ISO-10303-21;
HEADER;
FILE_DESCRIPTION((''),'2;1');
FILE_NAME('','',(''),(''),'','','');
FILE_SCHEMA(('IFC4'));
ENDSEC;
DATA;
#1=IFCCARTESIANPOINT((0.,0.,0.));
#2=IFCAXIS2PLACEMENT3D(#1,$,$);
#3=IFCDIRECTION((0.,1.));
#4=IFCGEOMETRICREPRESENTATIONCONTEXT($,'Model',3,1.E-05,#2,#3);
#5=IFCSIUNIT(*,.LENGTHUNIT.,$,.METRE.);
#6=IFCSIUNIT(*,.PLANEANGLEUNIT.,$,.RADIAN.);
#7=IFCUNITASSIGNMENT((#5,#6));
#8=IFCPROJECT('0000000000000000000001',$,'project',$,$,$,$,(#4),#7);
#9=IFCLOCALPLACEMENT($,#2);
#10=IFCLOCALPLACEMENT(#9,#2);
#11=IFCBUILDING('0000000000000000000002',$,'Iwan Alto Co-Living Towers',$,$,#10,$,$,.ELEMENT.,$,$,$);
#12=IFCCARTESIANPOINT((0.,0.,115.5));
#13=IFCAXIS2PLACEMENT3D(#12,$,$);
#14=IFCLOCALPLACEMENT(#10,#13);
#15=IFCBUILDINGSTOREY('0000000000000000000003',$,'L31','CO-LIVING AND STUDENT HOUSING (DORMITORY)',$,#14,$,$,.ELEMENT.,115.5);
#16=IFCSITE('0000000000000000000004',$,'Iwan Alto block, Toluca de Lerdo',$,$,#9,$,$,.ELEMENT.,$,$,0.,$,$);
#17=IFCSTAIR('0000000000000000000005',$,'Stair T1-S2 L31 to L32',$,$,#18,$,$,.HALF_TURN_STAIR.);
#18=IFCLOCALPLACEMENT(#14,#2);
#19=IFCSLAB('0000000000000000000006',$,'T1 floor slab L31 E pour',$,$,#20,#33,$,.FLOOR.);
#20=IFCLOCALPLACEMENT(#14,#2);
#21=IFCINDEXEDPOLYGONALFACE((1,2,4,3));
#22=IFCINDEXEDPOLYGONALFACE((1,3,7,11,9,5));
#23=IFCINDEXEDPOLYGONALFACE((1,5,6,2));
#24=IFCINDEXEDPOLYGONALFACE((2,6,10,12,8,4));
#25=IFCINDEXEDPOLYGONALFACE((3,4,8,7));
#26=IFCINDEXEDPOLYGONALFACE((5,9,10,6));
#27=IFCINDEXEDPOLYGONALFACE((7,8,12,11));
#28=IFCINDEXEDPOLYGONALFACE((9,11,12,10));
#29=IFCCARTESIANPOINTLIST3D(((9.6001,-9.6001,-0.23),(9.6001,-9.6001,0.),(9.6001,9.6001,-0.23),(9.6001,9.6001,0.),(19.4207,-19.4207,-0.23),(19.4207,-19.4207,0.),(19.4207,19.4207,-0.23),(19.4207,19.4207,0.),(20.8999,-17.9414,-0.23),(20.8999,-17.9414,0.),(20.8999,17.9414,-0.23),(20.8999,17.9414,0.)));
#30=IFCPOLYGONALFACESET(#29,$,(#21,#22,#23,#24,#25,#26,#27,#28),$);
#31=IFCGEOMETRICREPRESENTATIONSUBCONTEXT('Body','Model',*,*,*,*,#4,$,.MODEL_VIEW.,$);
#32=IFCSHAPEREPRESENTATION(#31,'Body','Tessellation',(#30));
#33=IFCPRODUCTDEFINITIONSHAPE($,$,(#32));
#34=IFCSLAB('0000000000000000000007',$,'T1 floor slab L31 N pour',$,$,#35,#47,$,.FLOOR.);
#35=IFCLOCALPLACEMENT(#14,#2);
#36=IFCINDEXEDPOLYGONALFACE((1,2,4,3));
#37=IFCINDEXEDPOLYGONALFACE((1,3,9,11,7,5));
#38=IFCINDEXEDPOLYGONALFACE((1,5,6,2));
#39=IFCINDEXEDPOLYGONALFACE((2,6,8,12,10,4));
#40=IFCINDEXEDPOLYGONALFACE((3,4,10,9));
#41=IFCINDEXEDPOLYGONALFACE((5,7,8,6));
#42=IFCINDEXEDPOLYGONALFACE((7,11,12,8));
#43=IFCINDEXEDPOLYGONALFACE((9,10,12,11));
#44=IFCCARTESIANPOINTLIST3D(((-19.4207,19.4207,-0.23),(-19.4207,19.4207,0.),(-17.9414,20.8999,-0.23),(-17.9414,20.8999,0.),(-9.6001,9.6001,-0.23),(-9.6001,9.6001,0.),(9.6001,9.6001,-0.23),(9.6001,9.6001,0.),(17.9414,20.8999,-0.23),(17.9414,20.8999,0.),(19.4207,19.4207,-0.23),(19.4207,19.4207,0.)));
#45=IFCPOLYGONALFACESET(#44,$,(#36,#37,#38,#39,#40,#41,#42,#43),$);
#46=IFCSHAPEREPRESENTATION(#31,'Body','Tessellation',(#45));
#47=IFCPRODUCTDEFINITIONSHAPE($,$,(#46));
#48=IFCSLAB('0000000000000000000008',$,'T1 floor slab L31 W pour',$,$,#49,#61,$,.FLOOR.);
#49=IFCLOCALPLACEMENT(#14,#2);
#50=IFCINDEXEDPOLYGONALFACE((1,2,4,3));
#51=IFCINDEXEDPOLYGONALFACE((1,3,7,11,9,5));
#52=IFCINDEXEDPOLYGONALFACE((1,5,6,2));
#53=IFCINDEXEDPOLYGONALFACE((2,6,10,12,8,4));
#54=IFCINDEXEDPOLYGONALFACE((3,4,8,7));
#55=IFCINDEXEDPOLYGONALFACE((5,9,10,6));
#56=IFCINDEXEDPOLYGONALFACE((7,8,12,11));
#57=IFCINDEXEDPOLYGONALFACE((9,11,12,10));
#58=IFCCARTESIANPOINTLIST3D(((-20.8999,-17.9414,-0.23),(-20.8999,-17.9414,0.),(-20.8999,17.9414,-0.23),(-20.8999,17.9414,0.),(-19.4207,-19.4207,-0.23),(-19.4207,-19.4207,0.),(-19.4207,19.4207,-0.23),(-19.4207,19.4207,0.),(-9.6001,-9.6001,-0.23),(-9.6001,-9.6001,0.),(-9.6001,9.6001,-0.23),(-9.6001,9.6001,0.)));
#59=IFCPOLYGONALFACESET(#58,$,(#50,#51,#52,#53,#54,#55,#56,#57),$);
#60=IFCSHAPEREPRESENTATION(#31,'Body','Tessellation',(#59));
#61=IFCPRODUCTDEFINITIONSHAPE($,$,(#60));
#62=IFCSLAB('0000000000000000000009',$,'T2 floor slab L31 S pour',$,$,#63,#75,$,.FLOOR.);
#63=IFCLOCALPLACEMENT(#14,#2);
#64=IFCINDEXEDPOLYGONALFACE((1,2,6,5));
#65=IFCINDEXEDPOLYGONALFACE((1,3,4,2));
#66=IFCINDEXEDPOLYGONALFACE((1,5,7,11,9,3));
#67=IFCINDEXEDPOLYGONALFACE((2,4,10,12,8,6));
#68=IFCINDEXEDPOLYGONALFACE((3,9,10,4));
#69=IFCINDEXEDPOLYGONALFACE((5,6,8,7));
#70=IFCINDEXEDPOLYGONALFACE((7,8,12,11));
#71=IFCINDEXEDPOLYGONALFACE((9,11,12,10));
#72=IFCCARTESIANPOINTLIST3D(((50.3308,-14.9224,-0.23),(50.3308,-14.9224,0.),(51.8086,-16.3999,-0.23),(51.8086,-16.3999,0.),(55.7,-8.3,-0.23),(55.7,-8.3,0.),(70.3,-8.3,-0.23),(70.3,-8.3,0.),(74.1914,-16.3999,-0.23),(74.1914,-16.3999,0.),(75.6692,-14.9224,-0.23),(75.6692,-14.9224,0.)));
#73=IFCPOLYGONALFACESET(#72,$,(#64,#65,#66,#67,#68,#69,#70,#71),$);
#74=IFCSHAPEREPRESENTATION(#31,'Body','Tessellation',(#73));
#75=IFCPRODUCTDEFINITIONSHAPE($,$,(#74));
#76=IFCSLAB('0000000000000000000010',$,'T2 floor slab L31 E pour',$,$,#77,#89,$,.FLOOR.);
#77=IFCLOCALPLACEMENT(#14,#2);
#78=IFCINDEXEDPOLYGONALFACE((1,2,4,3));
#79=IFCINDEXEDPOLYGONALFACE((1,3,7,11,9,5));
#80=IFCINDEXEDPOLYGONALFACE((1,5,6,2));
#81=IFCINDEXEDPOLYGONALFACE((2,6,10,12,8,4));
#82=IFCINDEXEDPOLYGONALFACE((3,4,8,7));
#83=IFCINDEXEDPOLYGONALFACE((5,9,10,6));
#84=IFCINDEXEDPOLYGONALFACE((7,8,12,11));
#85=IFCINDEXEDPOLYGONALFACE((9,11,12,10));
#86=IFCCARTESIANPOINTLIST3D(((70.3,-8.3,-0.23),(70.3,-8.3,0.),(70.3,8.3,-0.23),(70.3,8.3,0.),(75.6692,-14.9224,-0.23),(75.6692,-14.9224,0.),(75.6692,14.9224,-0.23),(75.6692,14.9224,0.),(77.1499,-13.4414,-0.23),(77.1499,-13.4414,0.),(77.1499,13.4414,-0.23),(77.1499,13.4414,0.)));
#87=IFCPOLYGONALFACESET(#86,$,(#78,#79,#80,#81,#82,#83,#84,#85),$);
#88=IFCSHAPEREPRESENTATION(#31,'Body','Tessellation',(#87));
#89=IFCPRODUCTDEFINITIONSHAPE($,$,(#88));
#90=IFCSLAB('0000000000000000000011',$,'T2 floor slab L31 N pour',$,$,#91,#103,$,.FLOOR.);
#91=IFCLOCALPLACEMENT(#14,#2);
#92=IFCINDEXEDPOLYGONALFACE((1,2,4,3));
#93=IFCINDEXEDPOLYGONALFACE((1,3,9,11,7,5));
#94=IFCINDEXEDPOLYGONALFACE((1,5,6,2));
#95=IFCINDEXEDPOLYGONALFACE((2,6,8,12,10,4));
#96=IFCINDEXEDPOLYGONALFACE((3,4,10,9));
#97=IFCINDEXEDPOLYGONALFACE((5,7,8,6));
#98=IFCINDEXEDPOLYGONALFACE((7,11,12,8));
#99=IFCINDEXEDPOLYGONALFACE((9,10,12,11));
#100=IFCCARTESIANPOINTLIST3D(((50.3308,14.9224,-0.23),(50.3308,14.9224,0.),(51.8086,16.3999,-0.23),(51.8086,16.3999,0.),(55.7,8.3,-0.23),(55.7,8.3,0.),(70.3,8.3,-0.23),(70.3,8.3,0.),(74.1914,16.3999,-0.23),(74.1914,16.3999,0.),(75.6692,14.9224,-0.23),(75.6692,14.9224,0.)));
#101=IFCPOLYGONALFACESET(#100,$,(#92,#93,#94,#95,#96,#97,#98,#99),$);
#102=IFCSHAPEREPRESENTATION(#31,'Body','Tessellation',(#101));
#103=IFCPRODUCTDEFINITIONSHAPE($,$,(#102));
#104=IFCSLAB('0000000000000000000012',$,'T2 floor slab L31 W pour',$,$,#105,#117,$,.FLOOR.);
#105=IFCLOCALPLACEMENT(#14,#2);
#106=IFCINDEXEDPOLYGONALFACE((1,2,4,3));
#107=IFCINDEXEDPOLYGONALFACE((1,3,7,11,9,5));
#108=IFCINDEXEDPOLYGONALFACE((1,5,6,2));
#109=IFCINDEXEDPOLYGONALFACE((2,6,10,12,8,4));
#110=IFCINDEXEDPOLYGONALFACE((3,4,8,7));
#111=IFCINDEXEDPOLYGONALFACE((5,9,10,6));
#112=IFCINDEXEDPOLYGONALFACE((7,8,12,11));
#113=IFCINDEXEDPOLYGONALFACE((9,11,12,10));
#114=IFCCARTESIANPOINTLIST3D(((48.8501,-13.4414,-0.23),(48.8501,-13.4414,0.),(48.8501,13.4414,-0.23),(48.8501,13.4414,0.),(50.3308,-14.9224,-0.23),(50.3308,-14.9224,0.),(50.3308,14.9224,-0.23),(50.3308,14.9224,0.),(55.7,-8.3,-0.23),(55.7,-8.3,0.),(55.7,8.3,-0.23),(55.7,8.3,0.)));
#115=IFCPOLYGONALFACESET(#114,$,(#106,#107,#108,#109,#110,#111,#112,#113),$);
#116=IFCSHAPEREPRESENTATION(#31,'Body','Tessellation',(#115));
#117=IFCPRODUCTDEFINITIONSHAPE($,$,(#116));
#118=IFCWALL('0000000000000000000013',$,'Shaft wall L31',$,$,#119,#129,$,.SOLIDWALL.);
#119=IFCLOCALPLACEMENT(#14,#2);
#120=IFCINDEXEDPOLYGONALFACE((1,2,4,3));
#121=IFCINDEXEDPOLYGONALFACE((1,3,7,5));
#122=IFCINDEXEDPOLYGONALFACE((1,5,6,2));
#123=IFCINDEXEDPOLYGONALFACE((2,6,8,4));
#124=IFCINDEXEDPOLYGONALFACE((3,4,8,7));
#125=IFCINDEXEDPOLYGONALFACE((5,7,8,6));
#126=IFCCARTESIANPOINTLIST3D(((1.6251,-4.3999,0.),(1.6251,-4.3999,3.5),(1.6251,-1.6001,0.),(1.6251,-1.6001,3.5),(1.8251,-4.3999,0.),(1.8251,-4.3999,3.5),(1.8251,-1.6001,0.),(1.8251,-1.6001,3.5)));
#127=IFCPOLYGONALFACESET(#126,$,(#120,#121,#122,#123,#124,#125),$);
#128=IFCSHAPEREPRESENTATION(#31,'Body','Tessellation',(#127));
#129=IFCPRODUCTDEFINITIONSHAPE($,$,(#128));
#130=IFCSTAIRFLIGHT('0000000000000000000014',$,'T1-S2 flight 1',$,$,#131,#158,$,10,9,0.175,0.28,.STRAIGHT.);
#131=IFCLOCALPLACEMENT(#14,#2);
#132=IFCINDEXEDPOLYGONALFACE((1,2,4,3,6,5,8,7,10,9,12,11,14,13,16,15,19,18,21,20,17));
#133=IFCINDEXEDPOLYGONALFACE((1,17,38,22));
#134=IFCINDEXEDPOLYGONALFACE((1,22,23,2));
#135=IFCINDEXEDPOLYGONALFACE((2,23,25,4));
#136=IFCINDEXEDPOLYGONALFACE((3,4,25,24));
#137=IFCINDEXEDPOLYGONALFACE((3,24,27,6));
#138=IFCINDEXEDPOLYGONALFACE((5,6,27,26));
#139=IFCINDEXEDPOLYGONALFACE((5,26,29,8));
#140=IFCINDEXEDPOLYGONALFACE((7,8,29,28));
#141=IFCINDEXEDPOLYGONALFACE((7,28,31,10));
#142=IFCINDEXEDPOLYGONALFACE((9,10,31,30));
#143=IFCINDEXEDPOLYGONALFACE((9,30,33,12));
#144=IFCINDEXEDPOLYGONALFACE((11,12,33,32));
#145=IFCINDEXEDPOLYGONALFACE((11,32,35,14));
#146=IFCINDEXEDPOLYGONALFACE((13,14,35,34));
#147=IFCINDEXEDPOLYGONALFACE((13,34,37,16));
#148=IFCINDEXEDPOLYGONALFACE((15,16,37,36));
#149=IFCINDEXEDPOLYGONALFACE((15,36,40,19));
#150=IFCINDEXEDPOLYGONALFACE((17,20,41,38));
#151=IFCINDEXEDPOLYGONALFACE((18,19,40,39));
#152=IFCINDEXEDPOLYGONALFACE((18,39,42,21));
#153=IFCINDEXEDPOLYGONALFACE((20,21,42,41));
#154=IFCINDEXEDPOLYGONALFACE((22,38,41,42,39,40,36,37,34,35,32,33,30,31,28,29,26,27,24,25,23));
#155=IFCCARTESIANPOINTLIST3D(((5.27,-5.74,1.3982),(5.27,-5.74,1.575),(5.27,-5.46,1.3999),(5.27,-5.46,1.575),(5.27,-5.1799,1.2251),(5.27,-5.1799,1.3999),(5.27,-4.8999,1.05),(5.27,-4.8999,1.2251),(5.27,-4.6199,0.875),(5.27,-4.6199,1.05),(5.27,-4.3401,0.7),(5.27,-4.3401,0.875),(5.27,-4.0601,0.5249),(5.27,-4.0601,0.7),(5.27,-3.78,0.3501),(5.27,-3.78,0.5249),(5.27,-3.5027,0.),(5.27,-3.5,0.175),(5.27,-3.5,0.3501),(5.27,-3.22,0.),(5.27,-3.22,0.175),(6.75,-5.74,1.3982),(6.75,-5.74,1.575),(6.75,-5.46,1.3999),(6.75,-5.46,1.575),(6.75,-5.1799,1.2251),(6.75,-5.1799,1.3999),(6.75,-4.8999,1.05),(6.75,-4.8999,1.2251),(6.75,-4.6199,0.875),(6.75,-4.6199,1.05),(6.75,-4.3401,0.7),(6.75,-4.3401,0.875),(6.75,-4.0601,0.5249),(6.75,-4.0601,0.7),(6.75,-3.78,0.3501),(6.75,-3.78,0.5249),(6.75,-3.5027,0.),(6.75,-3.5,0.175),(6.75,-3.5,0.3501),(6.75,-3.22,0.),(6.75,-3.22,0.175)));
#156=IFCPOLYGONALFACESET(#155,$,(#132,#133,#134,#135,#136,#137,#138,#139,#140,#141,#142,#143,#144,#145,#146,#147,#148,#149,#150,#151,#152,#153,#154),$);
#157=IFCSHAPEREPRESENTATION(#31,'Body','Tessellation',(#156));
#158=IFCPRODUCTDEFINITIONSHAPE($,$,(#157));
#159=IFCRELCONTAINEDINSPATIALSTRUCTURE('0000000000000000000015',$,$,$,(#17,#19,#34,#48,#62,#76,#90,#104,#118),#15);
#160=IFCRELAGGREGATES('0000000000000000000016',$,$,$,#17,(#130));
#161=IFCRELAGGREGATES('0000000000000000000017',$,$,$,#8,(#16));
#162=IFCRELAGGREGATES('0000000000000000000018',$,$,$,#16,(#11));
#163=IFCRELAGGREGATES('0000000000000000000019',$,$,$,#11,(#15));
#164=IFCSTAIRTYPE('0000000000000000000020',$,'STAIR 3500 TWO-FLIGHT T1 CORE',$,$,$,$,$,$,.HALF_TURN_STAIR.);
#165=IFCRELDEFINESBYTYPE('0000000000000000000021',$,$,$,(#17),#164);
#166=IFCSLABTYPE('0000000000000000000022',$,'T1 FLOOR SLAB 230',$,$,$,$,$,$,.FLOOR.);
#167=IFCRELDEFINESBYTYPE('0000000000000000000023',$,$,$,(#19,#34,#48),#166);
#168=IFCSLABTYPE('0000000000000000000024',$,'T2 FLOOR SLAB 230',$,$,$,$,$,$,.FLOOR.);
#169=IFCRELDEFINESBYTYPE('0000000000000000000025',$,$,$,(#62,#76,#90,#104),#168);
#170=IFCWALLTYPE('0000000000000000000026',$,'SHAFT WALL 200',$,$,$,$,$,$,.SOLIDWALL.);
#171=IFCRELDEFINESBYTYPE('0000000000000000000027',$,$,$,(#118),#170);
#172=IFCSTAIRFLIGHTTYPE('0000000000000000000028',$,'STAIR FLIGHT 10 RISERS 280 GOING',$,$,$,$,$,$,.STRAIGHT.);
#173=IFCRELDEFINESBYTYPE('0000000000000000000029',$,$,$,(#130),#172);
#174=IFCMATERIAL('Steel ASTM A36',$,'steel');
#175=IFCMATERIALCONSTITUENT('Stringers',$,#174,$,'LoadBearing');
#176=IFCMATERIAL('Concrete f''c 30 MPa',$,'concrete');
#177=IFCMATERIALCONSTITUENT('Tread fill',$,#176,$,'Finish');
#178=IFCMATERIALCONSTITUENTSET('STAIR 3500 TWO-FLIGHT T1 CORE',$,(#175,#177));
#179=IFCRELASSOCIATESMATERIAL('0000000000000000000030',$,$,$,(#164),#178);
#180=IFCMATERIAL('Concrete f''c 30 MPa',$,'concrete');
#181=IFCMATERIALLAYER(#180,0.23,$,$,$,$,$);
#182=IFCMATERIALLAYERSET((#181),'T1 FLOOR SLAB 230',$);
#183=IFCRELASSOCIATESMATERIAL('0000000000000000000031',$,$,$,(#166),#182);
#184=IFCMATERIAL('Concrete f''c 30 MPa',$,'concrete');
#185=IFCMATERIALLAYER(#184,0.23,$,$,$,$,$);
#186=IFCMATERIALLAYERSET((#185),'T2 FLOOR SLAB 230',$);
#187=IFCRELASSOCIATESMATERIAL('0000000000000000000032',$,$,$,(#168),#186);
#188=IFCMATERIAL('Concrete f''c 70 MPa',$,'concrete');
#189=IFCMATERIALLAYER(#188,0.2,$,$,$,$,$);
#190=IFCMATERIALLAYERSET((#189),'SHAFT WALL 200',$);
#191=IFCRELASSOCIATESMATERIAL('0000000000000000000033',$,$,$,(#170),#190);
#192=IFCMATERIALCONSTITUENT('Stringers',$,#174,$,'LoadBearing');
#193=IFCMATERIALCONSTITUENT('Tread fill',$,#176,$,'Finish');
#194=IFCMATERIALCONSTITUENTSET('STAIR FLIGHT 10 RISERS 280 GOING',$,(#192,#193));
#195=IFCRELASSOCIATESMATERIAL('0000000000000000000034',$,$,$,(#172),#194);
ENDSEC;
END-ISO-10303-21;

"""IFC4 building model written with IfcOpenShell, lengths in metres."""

from ifc_helpers import new_model, si_unit, direction, frame, frame_2d, origin, place, context, subcontext, project, spatial, polyline, rectangle, outline, extrude, material, layer, layer_set, constituent, constituent_set, type_object, element, aggregate, save


model = new_model("IFC4")

# Units and contexts
model_context = context("Model", 3, precision=1e-05, world=origin(), true_north=direction((0.0, 1.0)))
body_context = subcontext(model_context, "Body", "Model", "MODEL_VIEW")
ifc_project = project(units=[si_unit("LENGTHUNIT", "METRE"), si_unit("PLANEANGLEUNIT", "RADIAN")], contexts=[model_context])

# Site, building, storey
site_placement = place(None, origin())
site = spatial("IfcSite", under=ifc_project, at=site_placement, Name="Iwan Alto block, Toluca de Lerdo", CompositionType="ELEMENT", RefElevation=0.0)
building_placement = place(site_placement, origin())
building = spatial("IfcBuilding", under=site, at=building_placement, Name="Iwan Alto Co-Living Towers", CompositionType="ELEMENT")
storey_placement = place(building_placement, frame((0.0, 0.0, 115.5)))
storey = spatial("IfcBuildingStorey", under=building, at=storey_placement, Name="L31", Description="CO-LIVING AND STUDENT HOUSING (DORMITORY)", CompositionType="ELEMENT", Elevation=115.5)

# Stair
ifc_material_1 = material(Name="Steel ASTM A36", Category="steel")
ifc_constituent_1 = constituent(ifc_material_1, Name="Stringers", Category="LoadBearing")
ifc_material_2 = material(Name="Concrete f'c 30 MPa", Category="concrete")
ifc_constituent_2 = constituent(ifc_material_2, Name="Tread fill", Category="Finish")
ifc_constituent_set_1 = constituent_set(constituents=[ifc_constituent_1, ifc_constituent_2], Name="STAIR 3500 TWO-FLIGHT T1 CORE")
stair_type_1 = type_object("IfcStairType", Name="STAIR 3500 TWO-FLIGHT T1 CORE", PredefinedType="HALF_TURN_STAIR", material=ifc_constituent_set_1)
stair_1_placement = place(storey_placement, origin())
stair_1 = element("IfcStair", 1, at=stair_1_placement, inside=storey, type_object=stair_type_1, Name="Stair T1-S2 L31 to L32", PredefinedType="HALF_TURN_STAIR")

# Slabs
ifc_material_3 = material(Name="Concrete f'c 30 MPa", Category="concrete")
ifc_layer_1 = layer(ifc_material_3, 0.23)
ifc_layer_set_1 = layer_set([ifc_layer_1], Name="T1 FLOOR SLAB 230")
slab_type_1 = type_object("IfcSlabType", Name="T1 FLOOR SLAB 230", PredefinedType="FLOOR", material=ifc_layer_set_1)
slab_1_placement = place(storey_placement, frame((0.0, 0.0, -0.23)))
element("IfcSlab", 2, at=slab_1_placement, inside=storey, type_object=slab_type_1, Name="T1 floor slab L31 E pour", PredefinedType="FLOOR", context=body_context, shape_type="SweptSolid", body=[
    extrude(outline(polyline([(20.8999, 17.9414), (20.8999, -17.9414), (19.4207, -19.4207), (9.6001, -9.6001), (9.6001, 9.6001), (19.4207, 19.4207), (20.8999, 17.9414)])), origin(), (0.0, 0.0, 1.0), 0.23),
])
slab_2_placement = place(storey_placement, frame((0.0, 0.0, -0.23)))
element("IfcSlab", 3, at=slab_2_placement, inside=storey, type_object=slab_type_1, Name="T1 floor slab L31 N pour", PredefinedType="FLOOR", context=body_context, shape_type="SweptSolid", body=[
    extrude(outline(polyline([(-17.9414, 20.8999), (17.9414, 20.8999), (19.4207, 19.4207), (9.6001, 9.6001), (-9.6001, 9.6001), (-19.4207, 19.4207), (-17.9414, 20.8999)])), origin(), (0.0, 0.0, 1.0), 0.23),
])
slab_3_placement = place(storey_placement, frame((0.0, 0.0, -0.23)))
element("IfcSlab", 4, at=slab_3_placement, inside=storey, type_object=slab_type_1, Name="T1 floor slab L31 W pour", PredefinedType="FLOOR", context=body_context, shape_type="SweptSolid", body=[
    extrude(outline(polyline([(-20.8999, 17.9414), (-19.4207, 19.4207), (-9.6001, 9.6001), (-9.6001, -9.6001), (-19.4207, -19.4207), (-20.8999, -17.9414), (-20.8999, 17.9414)])), origin(), (0.0, 0.0, 1.0), 0.23),
])
ifc_material_4 = material(Name="Concrete f'c 30 MPa", Category="concrete")
ifc_layer_2 = layer(ifc_material_4, 0.23)
ifc_layer_set_2 = layer_set([ifc_layer_2], Name="T2 FLOOR SLAB 230")
slab_type_2 = type_object("IfcSlabType", Name="T2 FLOOR SLAB 230", PredefinedType="FLOOR", material=ifc_layer_set_2)
slab_4_placement = place(storey_placement, frame((0.0, 0.0, -0.23)))
element("IfcSlab", 5, at=slab_4_placement, inside=storey, type_object=slab_type_2, Name="T2 floor slab L31 S pour", PredefinedType="FLOOR", context=body_context, shape_type="SweptSolid", body=[
    extrude(outline(polyline([(74.1914, -16.3999), (51.8086, -16.3999), (50.3308, -14.9224), (55.7, -8.3), (70.3, -8.3), (75.6692, -14.9224), (74.1914, -16.3999)])), origin(), (0.0, 0.0, 1.0), 0.23),
])
slab_5_placement = place(storey_placement, frame((0.0, 0.0, -0.23)))
element("IfcSlab", 6, at=slab_5_placement, inside=storey, type_object=slab_type_2, Name="T2 floor slab L31 E pour", PredefinedType="FLOOR", context=body_context, shape_type="SweptSolid", body=[
    extrude(outline(polyline([(77.1499, 13.4414), (77.1499, -13.4414), (75.6692, -14.9224), (70.3, -8.3), (70.3, 8.3), (75.6692, 14.9224), (77.1499, 13.4414)])), origin(), (0.0, 0.0, 1.0), 0.23),
])
slab_6_placement = place(storey_placement, frame((0.0, 0.0, -0.23)))
element("IfcSlab", 7, at=slab_6_placement, inside=storey, type_object=slab_type_2, Name="T2 floor slab L31 N pour", PredefinedType="FLOOR", context=body_context, shape_type="SweptSolid", body=[
    extrude(outline(polyline([(51.8086, 16.3999), (74.1914, 16.3999), (75.6692, 14.9224), (70.3, 8.3), (55.7, 8.3), (50.3308, 14.9224), (51.8086, 16.3999)])), origin(), (0.0, 0.0, 1.0), 0.23),
])
slab_7_placement = place(storey_placement, frame((0.0, 0.0, -0.23)))
element("IfcSlab", 8, at=slab_7_placement, inside=storey, type_object=slab_type_2, Name="T2 floor slab L31 W pour", PredefinedType="FLOOR", context=body_context, shape_type="SweptSolid", body=[
    extrude(outline(polyline([(48.8501, 13.4414), (50.3308, 14.9224), (55.7, 8.3), (55.7, -8.3), (50.3308, -14.9224), (48.8501, -13.4414), (48.8501, 13.4414)])), origin(), (0.0, 0.0, 1.0), 0.23),
])

# Wall
ifc_material_5 = material(Name="Concrete f'c 70 MPa", Category="concrete")
ifc_layer_3 = layer(ifc_material_5, 0.2)
ifc_layer_set_3 = layer_set([ifc_layer_3], Name="SHAFT WALL 200")
wall_type = type_object("IfcWallType", Name="SHAFT WALL 200", PredefinedType="SOLIDWALL", material=ifc_layer_set_3)
wall_placement = place(storey_placement, frame((1.7251, -4.3999, 0.0), z_axis=(0.0, 0.0, 1.0), x_axis=(0.0, 1.0, 0.0)))
element("IfcWall", 9, at=wall_placement, inside=storey, type_object=wall_type, Name="Shaft wall L31", PredefinedType="SOLIDWALL", context=body_context, shape_type="SweptSolid", body=[
    extrude(rectangle(XDim=2.7998, YDim=0.2, at=frame_2d((1.3999, 0.0))), origin(), (0.0, 0.0, 1.0), 3.5),
])

# Stair flight
ifc_constituent_3 = constituent(ifc_material_1, Name="Stringers", Category="LoadBearing")
ifc_constituent_4 = constituent(ifc_material_2, Name="Tread fill", Category="Finish")
ifc_constituent_set_2 = constituent_set(constituents=[ifc_constituent_3, ifc_constituent_4], Name="STAIR FLIGHT 10 RISERS 280 GOING")
stair_flight_type = type_object("IfcStairFlightType", Name="STAIR FLIGHT 10 RISERS 280 GOING", PredefinedType="STRAIGHT", material=ifc_constituent_set_2)
stair_flight_placement = place(storey_placement, frame((6.01, -3.22, 0.0), z_axis=(0.0, 0.0, 1.0), x_axis=(0.0, -1.0, 0.0)))
stair_flight = element("IfcStairFlight", 10, at=stair_flight_placement, type_object=stair_flight_type, Name="T1-S2 flight 1", NumberOfRisers=10, NumberOfTreads=9, PredefinedType="STRAIGHT", RiserHeight=0.175, TreadLength=0.28, context=body_context, shape_type="SweptSolid", body=[
    extrude(outline(polyline([(0.0, 0.0), (0.0, 0.175), (0.28, 0.175), (0.28, 0.3501), (0.5601, 0.3501), (0.5601, 0.5249), (0.8401, 0.5249), (0.8401, 0.7), (1.1201, 0.7), (1.1201, 0.875), (1.3999, 0.875), (1.3999, 1.05), (1.6799, 1.05), (1.6799, 1.2251), (1.96, 1.2251), (1.96, 1.3999), (2.24, 1.3999), (2.24, 1.575), (2.52, 1.575), (2.52, 1.75), (2.52, 1.3982), (0.2827, 0.0), (0.0, 0.0)])), frame((0.0, 0.74, 0.0), z_axis=(0.0, -1.0, 0.0), x_axis=(1.0, 0.0, 0.0)), (0.0, 0.0, 1.0), 1.48),
])
aggregate(stair_1, [stair_flight])

save(model, "model.ifc")
